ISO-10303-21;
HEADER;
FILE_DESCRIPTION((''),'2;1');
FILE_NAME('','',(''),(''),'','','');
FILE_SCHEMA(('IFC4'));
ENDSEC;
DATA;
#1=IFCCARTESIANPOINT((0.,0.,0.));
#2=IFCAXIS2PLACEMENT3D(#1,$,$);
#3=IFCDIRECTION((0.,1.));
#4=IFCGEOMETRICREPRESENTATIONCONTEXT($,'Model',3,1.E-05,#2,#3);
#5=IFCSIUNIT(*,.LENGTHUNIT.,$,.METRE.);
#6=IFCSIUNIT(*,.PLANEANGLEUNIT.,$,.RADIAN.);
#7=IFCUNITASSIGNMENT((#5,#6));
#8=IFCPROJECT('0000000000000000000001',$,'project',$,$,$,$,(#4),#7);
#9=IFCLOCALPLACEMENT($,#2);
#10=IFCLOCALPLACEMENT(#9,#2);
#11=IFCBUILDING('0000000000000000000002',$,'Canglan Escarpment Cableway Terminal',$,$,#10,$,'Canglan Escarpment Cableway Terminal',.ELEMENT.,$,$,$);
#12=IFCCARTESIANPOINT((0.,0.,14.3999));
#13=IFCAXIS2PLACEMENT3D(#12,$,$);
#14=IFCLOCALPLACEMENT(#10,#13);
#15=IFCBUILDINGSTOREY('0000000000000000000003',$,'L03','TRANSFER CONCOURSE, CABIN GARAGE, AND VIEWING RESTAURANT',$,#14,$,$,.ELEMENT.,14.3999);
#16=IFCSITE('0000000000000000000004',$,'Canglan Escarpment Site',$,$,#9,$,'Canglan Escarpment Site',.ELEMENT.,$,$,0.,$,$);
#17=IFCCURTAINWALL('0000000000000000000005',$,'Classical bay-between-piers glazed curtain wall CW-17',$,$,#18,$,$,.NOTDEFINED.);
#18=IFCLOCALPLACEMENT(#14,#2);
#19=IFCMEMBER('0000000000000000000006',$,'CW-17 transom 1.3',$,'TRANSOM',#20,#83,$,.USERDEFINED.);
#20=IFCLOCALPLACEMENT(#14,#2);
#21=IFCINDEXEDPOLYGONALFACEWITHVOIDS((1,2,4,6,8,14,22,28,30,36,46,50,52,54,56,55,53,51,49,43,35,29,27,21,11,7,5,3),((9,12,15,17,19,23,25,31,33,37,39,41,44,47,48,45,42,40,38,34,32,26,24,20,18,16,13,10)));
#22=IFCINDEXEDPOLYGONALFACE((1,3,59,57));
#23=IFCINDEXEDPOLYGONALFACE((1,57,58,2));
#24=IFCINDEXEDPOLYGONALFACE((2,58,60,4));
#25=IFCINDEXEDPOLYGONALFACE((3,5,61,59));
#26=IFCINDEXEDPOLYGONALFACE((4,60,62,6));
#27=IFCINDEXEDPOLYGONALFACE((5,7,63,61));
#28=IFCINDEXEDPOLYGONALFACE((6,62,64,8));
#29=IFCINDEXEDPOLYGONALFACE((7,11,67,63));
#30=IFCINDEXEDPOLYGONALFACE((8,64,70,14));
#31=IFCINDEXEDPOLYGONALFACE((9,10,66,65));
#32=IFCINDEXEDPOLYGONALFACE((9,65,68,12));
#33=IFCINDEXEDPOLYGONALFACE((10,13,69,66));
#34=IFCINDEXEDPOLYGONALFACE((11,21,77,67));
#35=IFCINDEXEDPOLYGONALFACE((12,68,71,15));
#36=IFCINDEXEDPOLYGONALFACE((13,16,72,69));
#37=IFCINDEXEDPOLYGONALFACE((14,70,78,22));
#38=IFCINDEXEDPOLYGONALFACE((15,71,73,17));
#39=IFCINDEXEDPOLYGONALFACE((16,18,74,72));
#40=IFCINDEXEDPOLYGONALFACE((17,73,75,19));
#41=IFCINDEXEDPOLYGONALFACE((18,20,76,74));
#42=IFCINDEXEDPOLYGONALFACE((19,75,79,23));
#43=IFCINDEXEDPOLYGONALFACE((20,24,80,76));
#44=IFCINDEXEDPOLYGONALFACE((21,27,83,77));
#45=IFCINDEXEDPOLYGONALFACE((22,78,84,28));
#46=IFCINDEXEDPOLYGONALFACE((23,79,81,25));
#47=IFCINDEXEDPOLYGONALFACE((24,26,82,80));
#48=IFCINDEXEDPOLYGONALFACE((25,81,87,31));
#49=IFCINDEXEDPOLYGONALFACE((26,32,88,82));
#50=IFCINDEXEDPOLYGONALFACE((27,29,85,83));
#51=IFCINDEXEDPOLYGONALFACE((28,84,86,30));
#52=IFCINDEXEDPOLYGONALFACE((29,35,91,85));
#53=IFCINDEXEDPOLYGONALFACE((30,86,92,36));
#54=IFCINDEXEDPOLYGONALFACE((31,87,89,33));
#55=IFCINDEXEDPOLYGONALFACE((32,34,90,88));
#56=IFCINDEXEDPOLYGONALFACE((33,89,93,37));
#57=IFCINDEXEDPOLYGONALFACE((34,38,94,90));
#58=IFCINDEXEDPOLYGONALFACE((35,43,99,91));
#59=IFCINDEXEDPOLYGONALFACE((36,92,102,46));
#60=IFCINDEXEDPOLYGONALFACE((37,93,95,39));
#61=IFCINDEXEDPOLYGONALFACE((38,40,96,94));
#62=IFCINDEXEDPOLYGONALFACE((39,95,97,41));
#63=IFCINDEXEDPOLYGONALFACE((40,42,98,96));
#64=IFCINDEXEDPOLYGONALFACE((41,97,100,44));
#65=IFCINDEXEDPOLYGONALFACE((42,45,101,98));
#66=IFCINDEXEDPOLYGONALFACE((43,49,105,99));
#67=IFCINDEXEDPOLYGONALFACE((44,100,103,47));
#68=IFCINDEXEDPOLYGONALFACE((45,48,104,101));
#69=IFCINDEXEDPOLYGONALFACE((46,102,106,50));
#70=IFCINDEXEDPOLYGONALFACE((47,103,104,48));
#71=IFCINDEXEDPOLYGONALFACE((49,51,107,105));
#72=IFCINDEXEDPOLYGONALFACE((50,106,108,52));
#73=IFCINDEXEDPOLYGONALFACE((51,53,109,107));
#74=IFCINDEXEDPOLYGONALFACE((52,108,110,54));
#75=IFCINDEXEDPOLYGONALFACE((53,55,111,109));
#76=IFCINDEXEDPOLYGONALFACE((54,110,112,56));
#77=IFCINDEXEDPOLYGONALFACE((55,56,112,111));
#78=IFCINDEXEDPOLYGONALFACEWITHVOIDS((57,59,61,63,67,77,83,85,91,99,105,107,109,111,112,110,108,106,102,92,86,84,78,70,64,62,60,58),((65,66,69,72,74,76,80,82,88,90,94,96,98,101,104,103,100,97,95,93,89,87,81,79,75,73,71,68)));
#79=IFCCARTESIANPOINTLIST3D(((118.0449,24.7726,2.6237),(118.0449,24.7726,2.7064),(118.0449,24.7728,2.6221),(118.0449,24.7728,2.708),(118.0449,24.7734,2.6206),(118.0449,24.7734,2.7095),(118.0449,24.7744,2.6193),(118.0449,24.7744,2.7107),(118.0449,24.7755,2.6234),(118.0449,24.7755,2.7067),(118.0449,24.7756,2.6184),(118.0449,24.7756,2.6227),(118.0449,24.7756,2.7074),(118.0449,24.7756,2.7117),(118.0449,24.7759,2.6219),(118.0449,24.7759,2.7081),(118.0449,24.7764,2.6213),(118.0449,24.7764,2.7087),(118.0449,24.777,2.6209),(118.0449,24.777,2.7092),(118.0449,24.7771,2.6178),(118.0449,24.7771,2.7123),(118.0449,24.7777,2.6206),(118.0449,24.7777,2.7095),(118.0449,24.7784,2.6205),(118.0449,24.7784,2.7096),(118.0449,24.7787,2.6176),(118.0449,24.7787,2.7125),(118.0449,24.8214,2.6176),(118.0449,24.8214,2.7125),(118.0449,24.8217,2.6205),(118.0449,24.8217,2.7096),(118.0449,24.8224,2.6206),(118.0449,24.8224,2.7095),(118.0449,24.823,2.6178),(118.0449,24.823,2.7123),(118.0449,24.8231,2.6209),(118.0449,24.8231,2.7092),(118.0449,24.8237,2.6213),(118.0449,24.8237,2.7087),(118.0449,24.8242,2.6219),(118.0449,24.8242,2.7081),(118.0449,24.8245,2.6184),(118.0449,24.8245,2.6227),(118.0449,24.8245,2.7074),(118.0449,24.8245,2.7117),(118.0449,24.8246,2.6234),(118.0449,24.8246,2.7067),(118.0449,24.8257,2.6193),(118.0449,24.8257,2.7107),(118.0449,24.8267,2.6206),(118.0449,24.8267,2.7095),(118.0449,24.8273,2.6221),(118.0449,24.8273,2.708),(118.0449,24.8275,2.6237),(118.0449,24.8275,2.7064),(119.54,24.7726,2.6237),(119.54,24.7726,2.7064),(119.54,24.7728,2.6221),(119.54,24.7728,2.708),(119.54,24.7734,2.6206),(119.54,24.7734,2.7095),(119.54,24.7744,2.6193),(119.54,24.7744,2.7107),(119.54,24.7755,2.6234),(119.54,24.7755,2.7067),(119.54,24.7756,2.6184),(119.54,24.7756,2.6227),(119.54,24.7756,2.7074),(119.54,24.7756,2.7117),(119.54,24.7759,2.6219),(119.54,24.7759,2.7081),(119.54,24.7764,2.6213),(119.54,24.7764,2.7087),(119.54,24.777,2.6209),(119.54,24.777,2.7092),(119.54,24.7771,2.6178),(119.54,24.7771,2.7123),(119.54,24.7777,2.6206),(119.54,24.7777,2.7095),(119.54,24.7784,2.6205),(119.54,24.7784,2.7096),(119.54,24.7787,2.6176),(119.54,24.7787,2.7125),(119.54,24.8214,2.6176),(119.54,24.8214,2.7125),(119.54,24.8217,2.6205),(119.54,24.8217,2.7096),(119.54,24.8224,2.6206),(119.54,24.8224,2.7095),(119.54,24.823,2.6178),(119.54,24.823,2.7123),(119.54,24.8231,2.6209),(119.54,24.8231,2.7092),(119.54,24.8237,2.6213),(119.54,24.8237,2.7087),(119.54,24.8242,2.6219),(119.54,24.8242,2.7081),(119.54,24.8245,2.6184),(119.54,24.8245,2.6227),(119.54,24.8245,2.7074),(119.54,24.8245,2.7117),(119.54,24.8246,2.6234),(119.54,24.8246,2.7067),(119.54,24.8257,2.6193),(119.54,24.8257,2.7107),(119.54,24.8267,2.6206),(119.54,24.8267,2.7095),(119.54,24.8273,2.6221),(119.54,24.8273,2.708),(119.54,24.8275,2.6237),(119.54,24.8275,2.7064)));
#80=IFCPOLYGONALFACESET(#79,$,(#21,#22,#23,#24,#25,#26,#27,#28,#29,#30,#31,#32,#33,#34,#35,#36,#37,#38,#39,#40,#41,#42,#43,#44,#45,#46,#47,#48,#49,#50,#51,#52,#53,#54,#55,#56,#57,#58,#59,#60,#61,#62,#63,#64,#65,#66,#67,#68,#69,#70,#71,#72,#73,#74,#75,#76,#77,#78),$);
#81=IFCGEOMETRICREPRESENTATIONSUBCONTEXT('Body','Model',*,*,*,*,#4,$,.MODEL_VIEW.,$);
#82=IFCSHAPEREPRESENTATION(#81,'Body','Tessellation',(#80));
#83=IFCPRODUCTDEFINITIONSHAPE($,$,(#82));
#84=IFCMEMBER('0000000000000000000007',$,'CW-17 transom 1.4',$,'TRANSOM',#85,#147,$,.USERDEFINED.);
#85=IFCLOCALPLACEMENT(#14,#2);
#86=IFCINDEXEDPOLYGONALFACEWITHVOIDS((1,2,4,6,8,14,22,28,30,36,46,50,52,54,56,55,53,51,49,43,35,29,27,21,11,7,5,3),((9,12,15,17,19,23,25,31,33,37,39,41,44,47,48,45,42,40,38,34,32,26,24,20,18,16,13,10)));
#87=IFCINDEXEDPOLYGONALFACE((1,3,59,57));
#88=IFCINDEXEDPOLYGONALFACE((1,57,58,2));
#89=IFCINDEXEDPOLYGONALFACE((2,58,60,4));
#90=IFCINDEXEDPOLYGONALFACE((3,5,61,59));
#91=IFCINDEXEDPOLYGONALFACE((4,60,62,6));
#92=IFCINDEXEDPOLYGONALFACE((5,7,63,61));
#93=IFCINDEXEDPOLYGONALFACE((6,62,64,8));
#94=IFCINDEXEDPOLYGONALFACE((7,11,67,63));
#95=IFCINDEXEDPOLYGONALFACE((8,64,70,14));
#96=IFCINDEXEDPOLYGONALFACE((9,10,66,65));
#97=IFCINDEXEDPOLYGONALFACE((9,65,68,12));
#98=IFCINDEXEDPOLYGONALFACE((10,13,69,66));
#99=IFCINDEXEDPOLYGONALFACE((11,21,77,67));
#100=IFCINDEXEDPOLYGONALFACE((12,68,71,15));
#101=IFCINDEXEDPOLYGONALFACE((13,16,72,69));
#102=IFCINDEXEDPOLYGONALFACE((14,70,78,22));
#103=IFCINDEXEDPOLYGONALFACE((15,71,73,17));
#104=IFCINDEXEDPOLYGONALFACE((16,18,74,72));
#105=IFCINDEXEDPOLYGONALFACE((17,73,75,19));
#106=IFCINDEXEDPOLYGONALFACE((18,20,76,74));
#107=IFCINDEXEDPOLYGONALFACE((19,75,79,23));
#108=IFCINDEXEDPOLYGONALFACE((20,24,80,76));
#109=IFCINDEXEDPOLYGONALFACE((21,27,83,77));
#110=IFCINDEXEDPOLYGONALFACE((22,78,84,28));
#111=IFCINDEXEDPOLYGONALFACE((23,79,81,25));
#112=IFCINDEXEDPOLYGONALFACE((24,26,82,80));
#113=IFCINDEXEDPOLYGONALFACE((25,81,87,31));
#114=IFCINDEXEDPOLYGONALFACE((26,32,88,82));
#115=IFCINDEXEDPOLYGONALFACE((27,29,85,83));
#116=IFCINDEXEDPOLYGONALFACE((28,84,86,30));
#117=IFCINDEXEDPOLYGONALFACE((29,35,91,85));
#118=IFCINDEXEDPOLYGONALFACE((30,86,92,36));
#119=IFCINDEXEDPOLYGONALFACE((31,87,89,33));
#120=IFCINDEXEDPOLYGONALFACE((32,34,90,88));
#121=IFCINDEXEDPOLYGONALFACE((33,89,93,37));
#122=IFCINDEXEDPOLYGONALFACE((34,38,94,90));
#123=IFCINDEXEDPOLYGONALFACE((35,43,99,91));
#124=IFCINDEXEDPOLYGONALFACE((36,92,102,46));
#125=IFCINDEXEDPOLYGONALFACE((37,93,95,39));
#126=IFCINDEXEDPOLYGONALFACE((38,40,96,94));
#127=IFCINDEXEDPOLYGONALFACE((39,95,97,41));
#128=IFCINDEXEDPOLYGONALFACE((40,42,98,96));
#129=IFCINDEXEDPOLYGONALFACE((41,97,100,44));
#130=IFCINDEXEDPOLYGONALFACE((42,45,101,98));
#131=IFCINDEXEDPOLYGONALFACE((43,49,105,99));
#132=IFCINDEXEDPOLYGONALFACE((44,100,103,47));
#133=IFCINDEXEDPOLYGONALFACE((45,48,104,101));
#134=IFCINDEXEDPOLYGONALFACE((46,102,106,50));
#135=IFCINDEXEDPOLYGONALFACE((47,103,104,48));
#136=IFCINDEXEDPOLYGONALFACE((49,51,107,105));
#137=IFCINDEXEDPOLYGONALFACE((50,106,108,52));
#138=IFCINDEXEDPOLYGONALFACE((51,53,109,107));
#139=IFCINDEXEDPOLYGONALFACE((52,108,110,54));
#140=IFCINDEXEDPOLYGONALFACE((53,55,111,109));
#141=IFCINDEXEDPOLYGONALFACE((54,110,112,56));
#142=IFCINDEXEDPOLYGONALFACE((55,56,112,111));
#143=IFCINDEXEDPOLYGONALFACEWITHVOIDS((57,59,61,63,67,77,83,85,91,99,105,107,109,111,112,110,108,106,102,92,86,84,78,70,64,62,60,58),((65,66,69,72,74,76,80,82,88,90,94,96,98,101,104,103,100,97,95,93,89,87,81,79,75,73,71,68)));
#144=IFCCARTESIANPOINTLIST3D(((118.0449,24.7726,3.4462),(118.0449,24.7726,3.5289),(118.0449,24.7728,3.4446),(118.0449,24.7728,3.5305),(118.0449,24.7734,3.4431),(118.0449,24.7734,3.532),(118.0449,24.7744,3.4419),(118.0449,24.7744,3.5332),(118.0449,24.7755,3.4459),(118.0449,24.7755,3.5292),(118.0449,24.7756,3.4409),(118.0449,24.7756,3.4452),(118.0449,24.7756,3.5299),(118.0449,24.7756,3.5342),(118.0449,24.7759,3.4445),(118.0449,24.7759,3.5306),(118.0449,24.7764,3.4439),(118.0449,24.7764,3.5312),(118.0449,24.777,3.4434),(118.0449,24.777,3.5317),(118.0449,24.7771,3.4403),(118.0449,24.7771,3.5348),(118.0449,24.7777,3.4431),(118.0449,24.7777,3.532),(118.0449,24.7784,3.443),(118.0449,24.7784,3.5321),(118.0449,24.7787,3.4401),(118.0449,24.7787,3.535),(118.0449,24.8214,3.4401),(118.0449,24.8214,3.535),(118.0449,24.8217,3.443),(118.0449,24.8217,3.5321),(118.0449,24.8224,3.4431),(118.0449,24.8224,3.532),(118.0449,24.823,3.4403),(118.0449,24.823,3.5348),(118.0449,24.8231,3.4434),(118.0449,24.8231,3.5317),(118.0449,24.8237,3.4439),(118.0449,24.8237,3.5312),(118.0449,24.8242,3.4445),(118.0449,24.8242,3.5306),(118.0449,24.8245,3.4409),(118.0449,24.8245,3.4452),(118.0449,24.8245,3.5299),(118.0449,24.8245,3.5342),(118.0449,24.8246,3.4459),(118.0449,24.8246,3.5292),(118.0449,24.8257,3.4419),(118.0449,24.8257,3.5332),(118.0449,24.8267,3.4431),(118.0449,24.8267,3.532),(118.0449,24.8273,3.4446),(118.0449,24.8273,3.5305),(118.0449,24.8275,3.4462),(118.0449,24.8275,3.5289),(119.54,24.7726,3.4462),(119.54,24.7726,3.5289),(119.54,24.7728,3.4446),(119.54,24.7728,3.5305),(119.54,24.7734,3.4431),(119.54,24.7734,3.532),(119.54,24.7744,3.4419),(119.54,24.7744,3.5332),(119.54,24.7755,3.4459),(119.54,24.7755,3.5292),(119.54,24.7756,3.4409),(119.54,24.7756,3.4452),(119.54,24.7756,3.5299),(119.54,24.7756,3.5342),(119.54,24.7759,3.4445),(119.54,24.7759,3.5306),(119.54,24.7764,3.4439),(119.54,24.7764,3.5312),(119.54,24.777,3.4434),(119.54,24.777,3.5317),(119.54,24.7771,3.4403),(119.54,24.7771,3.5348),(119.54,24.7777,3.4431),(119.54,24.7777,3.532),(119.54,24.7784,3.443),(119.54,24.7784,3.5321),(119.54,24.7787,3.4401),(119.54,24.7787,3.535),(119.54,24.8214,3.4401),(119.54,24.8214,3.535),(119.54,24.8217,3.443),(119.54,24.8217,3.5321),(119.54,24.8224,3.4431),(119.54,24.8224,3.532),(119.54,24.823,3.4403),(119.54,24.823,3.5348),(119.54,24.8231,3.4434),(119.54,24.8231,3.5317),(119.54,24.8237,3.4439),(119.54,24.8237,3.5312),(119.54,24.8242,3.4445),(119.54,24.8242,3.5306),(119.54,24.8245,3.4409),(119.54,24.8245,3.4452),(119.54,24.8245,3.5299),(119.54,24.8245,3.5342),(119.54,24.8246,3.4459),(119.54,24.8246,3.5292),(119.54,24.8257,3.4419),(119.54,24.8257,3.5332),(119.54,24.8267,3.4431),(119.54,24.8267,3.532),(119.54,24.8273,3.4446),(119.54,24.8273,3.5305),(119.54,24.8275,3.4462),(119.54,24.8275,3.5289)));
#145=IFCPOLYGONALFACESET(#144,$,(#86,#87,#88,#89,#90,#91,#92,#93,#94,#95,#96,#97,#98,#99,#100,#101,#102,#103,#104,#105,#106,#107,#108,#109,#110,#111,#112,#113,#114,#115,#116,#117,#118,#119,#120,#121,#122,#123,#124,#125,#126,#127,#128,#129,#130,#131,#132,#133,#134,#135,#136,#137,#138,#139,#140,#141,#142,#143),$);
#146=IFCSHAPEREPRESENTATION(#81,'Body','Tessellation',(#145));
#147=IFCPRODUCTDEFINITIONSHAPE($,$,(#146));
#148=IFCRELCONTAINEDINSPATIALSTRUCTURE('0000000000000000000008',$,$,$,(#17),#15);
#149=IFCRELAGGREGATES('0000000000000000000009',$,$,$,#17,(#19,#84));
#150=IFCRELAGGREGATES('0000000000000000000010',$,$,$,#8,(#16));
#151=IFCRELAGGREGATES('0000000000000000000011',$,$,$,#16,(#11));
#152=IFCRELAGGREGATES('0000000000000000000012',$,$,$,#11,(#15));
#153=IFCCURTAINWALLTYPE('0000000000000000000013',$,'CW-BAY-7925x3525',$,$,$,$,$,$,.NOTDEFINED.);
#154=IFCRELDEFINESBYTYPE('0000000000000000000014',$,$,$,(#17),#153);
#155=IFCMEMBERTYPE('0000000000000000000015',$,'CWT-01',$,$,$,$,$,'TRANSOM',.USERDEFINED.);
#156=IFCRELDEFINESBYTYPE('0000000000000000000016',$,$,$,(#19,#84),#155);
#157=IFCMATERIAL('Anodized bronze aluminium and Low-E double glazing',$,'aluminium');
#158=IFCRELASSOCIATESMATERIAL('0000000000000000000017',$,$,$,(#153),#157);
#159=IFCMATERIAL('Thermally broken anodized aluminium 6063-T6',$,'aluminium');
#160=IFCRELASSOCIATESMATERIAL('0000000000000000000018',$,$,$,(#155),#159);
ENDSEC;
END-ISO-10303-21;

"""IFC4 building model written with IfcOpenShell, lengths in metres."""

from ifc_helpers import new_model, si_unit, direction, frame, origin, origin_2d, place, context, subcontext, project, spatial, hollow_rectangle, extrude, material, material_profile, profile_set, type_object, element, aggregate, save


model = new_model("IFC4")

# Units and contexts
model_context = context("Model", 3, precision=1e-05, world=origin(), true_north=direction((0.0, 1.0)))
body_context = subcontext(model_context, "Body", "Model", "MODEL_VIEW")
ifc_project = project(units=[si_unit("LENGTHUNIT", "METRE"), si_unit("PLANEANGLEUNIT", "RADIAN")], contexts=[model_context])

# Site, building, storey
site_placement = place(None, origin())
site = spatial("IfcSite", under=ifc_project, at=site_placement, Name="Canglan Escarpment Site", LongName="Canglan Escarpment Site", CompositionType="ELEMENT", RefElevation=0.0)
building_placement = place(site_placement, origin())
building = spatial("IfcBuilding", under=site, at=building_placement, Name="Canglan Escarpment Cableway Terminal", LongName="Canglan Escarpment Cableway Terminal", CompositionType="ELEMENT")
storey_placement = place(building_placement, frame((0.0, 0.0, 14.3999)))
storey = spatial("IfcBuildingStorey", under=building, at=storey_placement, Name="L03", Description="TRANSFER CONCOURSE, CABIN GARAGE, AND VIEWING RESTAURANT", CompositionType="ELEMENT", Elevation=14.3999)

# Curtain wall
ifc_material_1 = material(Name="Anodized bronze aluminium and Low-E double glazing", Category="aluminium")
curtain_wall_type_1 = type_object("IfcCurtainWallType", Name="CW-BAY-7925x3525", PredefinedType="NOTDEFINED", material=ifc_material_1)
curtain_wall_1_placement = place(storey_placement, origin())
curtain_wall_1 = element("IfcCurtainWall", 1, at=curtain_wall_1_placement, inside=storey, type_object=curtain_wall_type_1, Name="Classical bay-between-piers glazed curtain wall CW-17", PredefinedType="NOTDEFINED")
ifc_material_2 = material(Name="Thermally broken anodized aluminium 6063-T6", Category="aluminium")

# Members
ifc_material_profile_1 = material_profile(ifc_material_2, hollow_rectangle(XDim=0.0549, YDim=0.095, WallThickness=0.0029, InnerFilletRadius=0.0029, OuterFilletRadius=0.0061, at=origin_2d()), Name="ALU-TRAN 55x95x3")
ifc_profile_set_1 = profile_set([ifc_material_profile_1], Name="Thermally broken anodized aluminium 6063-T6")
member_type_1 = type_object("IfcMemberType", Name="CWT-01", ElementType="TRANSOM", PredefinedType="USERDEFINED", material=ifc_profile_set_1)
member_1_placement = place(storey_placement, frame((119.54, 24.8, 2.665), z_axis=(-1.0, 0.0, 0.0), x_axis=(0.0, -1.0, 0.0)))
member_1 = element("IfcMember", 2, at=member_1_placement, type_object=member_type_1, Name="CW-17 transom 1.3", ObjectType="TRANSOM", PredefinedType="USERDEFINED", context=body_context, shape_type="SweptSolid", body=[
    extrude(hollow_rectangle(XDim=0.0549, YDim=0.095, WallThickness=0.0029, InnerFilletRadius=0.0029, OuterFilletRadius=0.0061, at=origin_2d()), origin(), (0.0, 0.0, 1.0), 1.4951),
])
member_2_placement = place(storey_placement, frame((119.54, 24.8, 3.4875), z_axis=(-1.0, 0.0, 0.0), x_axis=(0.0, -1.0, 0.0)))
member_2 = element("IfcMember", 3, at=member_2_placement, type_object=member_type_1, Name="CW-17 transom 1.4", ObjectType="TRANSOM", PredefinedType="USERDEFINED", context=body_context, shape_type="SweptSolid", body=[
    extrude(hollow_rectangle(XDim=0.0549, YDim=0.095, WallThickness=0.0029, InnerFilletRadius=0.0029, OuterFilletRadius=0.0061, at=origin_2d()), origin(), (0.0, 0.0, 1.0), 1.4951),
])
aggregate(curtain_wall_1, [member_1, member_2])

save(model, "model.ifc")
